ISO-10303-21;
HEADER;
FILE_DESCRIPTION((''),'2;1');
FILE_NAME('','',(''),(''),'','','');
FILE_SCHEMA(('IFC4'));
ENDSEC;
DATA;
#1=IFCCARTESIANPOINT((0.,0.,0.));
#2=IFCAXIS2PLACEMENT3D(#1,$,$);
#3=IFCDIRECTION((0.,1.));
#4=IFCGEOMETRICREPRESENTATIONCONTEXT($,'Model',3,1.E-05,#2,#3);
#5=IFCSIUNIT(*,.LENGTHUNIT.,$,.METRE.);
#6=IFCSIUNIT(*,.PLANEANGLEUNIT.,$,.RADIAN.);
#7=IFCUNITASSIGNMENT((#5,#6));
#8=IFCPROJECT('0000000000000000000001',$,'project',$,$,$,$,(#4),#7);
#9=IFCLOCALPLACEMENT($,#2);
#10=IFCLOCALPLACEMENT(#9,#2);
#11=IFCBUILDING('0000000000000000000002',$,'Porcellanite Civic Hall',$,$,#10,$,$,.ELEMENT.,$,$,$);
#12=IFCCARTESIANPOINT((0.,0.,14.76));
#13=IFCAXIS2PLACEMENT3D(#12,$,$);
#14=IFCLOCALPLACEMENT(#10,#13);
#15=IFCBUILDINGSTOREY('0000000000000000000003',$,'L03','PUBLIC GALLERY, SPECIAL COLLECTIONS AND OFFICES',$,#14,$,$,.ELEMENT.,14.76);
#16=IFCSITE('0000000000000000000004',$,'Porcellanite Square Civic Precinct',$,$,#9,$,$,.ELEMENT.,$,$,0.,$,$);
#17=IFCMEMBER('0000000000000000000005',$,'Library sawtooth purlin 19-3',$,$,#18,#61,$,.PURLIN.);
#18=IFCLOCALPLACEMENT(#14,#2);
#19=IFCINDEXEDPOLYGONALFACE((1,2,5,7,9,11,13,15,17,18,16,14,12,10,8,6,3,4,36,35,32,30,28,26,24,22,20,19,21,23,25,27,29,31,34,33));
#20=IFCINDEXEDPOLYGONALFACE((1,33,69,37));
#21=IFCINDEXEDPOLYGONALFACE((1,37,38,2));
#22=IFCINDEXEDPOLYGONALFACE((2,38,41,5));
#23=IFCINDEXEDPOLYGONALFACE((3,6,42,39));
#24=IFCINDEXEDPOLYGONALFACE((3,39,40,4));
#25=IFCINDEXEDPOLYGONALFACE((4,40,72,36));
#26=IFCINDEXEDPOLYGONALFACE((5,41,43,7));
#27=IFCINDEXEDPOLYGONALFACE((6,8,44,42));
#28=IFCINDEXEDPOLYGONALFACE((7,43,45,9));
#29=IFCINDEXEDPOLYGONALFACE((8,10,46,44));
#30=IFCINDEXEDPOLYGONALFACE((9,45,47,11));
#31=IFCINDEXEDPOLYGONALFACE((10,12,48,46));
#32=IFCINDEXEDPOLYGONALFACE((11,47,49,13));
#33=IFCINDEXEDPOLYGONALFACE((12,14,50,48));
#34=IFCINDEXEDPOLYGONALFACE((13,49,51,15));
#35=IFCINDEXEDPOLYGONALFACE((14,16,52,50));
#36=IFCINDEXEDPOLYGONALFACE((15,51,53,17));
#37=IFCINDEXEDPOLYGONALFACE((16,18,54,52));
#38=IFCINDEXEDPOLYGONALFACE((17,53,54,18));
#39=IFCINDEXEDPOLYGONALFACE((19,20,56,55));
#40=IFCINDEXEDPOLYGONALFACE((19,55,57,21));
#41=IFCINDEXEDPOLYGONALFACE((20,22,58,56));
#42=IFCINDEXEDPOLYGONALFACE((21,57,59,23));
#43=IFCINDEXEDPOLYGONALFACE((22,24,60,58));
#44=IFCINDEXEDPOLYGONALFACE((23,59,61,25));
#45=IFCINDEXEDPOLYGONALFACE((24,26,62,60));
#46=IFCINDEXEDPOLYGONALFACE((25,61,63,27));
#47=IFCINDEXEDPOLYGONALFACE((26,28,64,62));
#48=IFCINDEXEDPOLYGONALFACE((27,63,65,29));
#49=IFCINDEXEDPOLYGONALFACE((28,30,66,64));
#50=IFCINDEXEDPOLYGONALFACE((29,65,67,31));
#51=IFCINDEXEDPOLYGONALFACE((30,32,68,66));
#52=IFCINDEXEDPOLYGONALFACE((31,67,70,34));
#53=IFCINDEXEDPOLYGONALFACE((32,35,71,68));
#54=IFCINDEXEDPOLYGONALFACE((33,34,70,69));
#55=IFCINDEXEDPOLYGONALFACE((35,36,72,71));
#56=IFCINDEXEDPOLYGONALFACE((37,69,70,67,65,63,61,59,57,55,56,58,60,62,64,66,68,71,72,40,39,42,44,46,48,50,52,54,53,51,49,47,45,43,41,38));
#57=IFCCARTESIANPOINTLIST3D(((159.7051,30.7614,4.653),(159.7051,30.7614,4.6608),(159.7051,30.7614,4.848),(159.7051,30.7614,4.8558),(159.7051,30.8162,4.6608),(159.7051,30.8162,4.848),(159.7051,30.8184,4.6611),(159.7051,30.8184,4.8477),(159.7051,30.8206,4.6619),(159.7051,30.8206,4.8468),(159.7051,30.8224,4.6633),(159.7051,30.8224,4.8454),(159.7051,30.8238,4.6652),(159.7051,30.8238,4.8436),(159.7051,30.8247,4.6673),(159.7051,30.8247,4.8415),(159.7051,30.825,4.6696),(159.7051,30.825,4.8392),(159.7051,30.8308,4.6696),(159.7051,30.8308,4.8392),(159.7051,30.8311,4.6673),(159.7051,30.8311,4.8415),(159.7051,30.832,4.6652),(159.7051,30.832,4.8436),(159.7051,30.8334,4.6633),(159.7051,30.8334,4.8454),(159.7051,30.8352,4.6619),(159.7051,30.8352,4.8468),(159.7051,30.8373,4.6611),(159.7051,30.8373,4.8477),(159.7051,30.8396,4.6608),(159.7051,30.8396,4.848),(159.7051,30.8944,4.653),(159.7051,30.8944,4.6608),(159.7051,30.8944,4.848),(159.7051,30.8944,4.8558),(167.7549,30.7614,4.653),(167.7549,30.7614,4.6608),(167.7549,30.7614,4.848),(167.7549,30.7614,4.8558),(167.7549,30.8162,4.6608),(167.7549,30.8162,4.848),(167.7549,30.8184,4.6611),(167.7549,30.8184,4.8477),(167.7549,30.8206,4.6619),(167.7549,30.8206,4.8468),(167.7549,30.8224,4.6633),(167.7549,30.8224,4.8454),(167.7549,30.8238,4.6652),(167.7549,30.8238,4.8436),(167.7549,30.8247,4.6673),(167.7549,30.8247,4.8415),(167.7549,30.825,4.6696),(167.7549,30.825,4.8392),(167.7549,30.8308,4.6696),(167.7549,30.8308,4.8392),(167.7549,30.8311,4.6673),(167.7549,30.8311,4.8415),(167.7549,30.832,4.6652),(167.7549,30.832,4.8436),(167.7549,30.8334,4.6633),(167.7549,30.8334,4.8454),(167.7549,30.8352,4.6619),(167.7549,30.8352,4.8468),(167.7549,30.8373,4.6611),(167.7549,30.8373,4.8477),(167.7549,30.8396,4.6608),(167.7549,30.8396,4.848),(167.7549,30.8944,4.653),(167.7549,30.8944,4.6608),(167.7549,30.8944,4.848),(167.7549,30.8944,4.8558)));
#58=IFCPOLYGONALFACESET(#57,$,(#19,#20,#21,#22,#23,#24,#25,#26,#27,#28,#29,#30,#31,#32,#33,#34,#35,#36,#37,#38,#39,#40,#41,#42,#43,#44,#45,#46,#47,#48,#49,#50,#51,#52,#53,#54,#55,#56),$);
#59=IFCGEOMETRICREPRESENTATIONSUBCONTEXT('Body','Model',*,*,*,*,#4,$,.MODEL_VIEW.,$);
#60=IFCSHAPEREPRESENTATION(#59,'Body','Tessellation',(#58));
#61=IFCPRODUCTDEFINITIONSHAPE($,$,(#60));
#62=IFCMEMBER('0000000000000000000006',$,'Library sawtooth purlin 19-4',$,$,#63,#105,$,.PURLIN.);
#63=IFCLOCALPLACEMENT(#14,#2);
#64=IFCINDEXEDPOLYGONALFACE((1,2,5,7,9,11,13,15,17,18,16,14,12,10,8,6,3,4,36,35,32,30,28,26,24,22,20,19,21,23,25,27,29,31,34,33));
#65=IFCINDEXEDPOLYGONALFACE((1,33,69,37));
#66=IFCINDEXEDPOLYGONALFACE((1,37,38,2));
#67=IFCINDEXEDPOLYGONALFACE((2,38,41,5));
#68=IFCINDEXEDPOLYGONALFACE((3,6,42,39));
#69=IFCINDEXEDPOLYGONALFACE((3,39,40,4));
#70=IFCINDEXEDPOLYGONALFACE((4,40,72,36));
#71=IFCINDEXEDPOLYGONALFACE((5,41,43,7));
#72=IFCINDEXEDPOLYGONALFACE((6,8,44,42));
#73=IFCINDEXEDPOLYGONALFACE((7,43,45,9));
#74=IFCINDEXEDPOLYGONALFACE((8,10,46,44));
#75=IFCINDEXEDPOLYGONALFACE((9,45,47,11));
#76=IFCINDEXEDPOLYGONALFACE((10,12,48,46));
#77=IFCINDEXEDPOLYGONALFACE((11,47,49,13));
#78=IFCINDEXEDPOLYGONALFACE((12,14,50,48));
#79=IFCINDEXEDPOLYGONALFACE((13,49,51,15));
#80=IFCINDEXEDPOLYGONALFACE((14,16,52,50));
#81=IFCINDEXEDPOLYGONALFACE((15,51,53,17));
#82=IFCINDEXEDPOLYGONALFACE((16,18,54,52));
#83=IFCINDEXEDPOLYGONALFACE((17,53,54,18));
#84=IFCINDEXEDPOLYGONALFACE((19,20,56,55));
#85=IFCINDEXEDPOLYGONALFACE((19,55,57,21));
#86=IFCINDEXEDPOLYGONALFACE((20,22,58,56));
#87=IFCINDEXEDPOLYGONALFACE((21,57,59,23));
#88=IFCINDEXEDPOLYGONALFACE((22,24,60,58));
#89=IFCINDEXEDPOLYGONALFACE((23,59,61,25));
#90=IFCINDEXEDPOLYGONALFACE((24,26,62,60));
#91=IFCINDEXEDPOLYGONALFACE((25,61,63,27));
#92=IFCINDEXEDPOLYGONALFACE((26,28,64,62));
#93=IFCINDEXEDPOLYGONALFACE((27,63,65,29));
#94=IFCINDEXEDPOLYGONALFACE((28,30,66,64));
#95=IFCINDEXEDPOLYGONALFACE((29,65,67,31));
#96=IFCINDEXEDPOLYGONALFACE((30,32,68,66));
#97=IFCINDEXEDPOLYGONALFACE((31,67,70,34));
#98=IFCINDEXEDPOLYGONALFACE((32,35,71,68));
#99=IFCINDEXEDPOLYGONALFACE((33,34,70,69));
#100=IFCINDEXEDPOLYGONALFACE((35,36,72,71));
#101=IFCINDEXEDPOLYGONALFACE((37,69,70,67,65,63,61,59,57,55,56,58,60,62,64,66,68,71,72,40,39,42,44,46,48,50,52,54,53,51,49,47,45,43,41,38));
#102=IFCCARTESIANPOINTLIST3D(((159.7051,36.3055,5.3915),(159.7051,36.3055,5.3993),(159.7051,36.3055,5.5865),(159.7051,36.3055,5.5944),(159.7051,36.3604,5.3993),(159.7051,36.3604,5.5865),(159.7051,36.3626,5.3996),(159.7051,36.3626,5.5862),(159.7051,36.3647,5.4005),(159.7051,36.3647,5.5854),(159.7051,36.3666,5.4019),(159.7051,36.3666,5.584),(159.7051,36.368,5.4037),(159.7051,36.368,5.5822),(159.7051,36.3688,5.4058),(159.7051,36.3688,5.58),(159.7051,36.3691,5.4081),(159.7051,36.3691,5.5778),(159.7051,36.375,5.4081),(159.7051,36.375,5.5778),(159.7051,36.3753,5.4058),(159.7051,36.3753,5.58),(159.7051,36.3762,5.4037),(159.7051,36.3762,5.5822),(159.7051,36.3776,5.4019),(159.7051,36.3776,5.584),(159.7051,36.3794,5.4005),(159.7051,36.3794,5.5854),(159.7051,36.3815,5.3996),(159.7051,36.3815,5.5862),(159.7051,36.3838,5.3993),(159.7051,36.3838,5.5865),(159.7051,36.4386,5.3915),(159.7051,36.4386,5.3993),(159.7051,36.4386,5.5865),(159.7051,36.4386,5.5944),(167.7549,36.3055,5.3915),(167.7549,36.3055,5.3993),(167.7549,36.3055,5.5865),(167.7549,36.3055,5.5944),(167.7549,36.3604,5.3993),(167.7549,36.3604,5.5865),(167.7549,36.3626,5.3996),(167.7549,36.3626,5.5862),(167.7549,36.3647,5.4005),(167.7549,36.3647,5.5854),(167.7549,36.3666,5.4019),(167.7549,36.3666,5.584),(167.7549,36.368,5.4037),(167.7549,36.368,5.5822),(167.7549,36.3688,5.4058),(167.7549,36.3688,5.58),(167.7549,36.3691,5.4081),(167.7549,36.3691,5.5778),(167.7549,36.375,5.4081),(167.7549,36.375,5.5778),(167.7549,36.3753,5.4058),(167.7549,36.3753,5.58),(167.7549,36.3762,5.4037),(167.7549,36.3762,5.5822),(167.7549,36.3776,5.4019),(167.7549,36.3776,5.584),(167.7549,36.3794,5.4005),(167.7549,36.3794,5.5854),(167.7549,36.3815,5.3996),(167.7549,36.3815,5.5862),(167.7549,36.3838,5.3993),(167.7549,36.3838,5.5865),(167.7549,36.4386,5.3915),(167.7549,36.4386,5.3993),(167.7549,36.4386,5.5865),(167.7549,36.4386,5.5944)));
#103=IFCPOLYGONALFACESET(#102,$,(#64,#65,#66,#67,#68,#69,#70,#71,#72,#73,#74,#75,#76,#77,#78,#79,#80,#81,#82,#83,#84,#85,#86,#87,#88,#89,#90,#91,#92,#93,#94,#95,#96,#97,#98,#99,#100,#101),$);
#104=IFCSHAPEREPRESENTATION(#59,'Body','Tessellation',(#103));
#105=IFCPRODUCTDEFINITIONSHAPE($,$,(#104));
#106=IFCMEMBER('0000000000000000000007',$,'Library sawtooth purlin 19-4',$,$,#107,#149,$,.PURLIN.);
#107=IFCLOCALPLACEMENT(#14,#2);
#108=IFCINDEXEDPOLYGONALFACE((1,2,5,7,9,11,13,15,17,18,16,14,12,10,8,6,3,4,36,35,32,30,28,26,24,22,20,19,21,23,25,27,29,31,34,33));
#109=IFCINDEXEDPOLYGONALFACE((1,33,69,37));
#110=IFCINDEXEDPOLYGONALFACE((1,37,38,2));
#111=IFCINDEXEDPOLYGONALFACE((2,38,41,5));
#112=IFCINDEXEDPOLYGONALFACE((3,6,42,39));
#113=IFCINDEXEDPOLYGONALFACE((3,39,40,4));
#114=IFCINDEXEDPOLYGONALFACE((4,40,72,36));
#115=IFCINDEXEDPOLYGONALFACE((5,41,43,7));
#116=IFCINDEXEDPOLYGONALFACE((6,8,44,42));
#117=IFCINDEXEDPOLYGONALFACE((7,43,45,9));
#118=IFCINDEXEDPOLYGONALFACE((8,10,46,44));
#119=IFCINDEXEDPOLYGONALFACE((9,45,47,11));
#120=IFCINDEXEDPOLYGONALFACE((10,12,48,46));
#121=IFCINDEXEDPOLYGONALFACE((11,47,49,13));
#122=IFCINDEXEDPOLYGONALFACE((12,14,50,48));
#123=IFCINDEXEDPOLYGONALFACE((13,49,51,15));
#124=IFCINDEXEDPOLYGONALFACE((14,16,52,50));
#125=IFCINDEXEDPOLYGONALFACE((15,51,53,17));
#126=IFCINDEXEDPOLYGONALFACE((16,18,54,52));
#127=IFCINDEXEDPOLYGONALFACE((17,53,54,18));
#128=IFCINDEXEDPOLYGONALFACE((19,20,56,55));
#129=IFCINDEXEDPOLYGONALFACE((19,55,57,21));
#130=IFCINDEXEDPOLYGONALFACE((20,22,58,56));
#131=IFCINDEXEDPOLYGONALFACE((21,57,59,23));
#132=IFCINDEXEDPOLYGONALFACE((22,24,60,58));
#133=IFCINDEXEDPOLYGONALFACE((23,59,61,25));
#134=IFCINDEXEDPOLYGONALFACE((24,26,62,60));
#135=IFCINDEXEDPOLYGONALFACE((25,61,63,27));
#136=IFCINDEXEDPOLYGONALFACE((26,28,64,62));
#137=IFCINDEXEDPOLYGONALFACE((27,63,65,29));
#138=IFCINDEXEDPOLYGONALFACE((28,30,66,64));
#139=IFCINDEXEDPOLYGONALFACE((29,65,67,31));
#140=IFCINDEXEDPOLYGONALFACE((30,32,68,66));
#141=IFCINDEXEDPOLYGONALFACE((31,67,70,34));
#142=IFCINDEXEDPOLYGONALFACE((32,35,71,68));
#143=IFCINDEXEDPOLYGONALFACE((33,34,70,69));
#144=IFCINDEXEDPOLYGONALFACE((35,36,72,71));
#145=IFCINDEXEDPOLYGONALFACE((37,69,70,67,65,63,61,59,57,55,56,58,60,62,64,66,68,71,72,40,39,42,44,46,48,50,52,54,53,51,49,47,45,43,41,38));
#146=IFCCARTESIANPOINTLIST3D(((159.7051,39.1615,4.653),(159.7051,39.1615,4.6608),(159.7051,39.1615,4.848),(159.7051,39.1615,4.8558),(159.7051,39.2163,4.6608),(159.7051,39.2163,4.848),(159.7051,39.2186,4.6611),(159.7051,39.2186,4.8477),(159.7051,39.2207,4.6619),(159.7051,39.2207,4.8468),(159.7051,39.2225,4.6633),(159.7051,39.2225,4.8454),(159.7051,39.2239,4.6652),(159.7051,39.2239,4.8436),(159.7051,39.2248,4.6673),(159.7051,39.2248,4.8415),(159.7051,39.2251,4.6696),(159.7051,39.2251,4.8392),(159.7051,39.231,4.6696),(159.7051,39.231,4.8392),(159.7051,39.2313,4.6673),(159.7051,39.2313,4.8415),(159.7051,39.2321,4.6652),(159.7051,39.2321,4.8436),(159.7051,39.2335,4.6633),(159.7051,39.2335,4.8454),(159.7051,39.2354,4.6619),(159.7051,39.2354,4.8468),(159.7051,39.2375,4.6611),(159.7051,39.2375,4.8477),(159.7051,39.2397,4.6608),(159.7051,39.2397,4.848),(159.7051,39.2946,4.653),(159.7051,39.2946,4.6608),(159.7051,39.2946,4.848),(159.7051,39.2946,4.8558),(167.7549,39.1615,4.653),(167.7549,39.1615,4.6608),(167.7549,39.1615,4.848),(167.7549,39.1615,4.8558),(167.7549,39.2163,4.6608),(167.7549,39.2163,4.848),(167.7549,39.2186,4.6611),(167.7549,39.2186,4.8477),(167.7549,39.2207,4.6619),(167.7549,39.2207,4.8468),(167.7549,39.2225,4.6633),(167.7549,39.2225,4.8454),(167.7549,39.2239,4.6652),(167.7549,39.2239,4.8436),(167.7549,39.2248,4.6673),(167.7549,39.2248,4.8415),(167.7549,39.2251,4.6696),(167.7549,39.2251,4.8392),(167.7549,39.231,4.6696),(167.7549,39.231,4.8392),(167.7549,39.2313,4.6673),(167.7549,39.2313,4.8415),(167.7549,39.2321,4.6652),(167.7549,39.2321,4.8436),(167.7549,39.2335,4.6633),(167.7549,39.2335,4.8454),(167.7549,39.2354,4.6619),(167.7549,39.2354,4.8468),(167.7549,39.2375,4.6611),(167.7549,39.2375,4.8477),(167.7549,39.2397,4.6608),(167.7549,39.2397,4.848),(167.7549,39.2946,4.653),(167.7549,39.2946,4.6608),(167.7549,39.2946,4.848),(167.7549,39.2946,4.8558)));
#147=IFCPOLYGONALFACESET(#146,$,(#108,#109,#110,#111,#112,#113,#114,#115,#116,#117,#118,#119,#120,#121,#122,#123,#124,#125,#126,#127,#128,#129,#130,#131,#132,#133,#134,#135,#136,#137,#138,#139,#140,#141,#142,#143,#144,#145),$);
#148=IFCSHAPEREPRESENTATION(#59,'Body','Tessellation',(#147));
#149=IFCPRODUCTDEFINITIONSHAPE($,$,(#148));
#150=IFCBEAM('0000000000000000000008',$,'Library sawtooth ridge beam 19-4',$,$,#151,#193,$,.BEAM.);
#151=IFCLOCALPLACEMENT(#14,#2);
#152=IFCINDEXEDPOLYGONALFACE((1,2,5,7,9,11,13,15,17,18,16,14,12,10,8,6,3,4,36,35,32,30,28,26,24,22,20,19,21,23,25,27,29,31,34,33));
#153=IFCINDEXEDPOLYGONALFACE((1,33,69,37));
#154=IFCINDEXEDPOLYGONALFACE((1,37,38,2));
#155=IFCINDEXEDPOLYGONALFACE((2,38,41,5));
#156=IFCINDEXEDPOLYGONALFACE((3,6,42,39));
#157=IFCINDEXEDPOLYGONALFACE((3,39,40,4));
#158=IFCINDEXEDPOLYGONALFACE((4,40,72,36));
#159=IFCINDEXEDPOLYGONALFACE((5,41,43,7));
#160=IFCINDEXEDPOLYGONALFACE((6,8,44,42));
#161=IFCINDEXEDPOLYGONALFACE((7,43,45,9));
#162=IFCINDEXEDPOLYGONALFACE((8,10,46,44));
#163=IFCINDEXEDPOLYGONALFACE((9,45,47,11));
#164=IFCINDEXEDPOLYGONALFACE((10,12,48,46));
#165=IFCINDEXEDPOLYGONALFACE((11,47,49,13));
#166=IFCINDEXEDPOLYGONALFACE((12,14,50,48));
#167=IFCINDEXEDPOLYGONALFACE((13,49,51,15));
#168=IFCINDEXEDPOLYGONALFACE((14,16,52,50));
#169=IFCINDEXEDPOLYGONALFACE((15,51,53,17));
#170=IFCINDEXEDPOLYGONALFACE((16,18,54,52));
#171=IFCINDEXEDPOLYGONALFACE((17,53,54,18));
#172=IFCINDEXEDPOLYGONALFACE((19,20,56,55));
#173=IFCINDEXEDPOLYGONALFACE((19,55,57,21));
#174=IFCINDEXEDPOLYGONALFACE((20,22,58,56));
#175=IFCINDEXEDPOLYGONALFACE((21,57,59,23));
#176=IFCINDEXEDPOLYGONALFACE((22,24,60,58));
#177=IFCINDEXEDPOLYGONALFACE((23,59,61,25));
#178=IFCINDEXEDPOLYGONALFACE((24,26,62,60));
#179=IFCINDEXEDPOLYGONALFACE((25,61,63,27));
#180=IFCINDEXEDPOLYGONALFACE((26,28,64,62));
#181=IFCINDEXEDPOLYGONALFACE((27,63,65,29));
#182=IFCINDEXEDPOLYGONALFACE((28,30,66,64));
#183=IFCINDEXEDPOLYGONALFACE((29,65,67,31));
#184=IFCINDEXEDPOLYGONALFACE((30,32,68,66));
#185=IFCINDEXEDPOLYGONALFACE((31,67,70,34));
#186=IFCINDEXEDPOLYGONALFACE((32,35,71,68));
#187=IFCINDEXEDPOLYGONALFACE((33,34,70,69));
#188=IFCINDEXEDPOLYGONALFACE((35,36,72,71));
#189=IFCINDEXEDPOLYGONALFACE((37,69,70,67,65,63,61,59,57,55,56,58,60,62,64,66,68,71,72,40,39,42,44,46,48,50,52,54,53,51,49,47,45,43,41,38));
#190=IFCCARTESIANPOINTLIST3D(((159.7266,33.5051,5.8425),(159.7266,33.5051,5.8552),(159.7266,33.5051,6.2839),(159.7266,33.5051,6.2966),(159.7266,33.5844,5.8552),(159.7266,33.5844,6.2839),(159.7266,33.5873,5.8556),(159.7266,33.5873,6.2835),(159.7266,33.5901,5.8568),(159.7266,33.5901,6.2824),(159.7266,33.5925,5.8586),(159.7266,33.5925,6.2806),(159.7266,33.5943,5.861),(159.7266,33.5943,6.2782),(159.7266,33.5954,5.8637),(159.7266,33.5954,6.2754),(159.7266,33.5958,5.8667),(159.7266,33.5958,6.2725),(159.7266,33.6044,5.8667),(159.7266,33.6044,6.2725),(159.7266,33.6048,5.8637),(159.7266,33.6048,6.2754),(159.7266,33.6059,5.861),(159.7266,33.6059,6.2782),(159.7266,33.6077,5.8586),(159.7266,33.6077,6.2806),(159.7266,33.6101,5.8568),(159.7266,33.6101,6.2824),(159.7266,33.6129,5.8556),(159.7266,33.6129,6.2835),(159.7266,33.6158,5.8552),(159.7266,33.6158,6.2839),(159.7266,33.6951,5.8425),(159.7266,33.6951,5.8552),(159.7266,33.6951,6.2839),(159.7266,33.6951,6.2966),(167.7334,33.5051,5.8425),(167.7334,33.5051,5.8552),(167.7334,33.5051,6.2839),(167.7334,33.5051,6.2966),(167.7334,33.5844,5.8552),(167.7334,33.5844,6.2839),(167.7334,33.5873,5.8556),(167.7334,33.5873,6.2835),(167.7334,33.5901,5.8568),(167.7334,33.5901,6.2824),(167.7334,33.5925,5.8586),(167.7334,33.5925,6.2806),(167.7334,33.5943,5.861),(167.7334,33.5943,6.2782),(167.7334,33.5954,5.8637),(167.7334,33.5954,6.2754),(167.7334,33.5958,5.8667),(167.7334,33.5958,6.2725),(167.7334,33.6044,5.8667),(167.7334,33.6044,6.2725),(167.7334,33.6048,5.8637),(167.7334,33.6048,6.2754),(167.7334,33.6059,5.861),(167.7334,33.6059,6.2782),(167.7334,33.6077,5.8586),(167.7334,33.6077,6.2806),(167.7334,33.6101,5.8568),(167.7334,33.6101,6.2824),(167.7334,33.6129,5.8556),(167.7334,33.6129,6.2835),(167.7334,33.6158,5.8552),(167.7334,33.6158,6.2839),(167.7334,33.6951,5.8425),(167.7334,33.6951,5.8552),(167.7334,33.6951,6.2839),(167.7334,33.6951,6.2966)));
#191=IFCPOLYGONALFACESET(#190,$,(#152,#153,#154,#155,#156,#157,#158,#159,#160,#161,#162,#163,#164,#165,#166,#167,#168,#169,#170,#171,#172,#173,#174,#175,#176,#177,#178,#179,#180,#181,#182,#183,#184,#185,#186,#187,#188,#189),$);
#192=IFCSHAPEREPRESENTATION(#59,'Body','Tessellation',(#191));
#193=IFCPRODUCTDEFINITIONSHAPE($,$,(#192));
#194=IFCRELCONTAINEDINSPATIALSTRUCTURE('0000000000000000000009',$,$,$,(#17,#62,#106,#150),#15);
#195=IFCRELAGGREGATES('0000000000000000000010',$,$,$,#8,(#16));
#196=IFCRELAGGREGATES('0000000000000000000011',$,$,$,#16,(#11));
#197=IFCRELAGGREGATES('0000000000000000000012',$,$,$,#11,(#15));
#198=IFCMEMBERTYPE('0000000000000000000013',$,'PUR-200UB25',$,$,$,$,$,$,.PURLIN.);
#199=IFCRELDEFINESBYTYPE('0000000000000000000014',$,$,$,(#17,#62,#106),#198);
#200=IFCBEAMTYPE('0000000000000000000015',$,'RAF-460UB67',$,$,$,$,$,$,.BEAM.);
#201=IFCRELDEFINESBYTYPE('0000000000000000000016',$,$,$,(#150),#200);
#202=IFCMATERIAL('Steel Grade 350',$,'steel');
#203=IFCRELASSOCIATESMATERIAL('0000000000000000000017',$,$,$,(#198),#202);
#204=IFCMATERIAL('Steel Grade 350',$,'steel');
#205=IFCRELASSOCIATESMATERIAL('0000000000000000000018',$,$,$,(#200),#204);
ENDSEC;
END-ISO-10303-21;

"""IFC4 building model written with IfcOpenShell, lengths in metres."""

from ifc_helpers import new_model, si_unit, direction, frame, origin, origin_2d, place, context, subcontext, project, spatial, i_section, extrude, material, material_profile, profile_set, type_object, element, save


model = new_model("IFC4")

# Units and contexts
model_context = context("Model", 3, precision=1e-05, world=origin(), true_north=direction((0.0, 1.0)))
body_context = subcontext(model_context, "Body", "Model", "MODEL_VIEW")
ifc_project = project(units=[si_unit("LENGTHUNIT", "METRE"), si_unit("PLANEANGLEUNIT", "RADIAN")], contexts=[model_context])

# Site, building, storey
site_placement = place(None, origin())
site = spatial("IfcSite", under=ifc_project, at=site_placement, Name="Porcellanite Square Civic Precinct", CompositionType="ELEMENT", RefElevation=0.0)
building_placement = place(site_placement, origin())
building = spatial("IfcBuilding", under=site, at=building_placement, Name="Porcellanite Civic Hall", CompositionType="ELEMENT")
storey_placement = place(building_placement, frame((0.0, 0.0, 14.76)))
storey = spatial("IfcBuildingStorey", under=building, at=storey_placement, Name="L03", Description="PUBLIC GALLERY, SPECIAL COLLECTIONS AND OFFICES", CompositionType="ELEMENT", Elevation=14.76)

# Members
ifc_material_1 = material(Name="Steel Grade 350", Category="steel")
ifc_material_profile_1 = material_profile(ifc_material_1, i_section(OverallWidth=0.1331, OverallDepth=0.2029, WebThickness=0.0059, FlangeThickness=0.0078, FilletRadius=0.0088, at=origin_2d()), Name="200UB25.4")
ifc_profile_set_1 = profile_set([ifc_material_profile_1], Name="Steel Grade 350")
member_type = type_object("IfcMemberType", Name="PUR-200UB25", PredefinedType="PURLIN", material=ifc_profile_set_1)
for number, where, z_axis, x_axis, name in (
    (1, (159.7051, 30.8279, 4.7544), (1.0, 0.0, 0.0), (0.0, 1.0, 0.0), "Library sawtooth purlin 19-3"),
    (2, (159.7051, 36.3721, 5.4929), (1.0, 0.0, 0.0), (0.0, 1.0, 0.0), "Library sawtooth purlin 19-4"),
    (3, (159.7051, 39.228, 4.7544), (1.0, 0.0, 0.0), (0.0, 1.0, 0.0), "Library sawtooth purlin 19-4"),
):
    element("IfcMember", number, at=place(storey_placement, frame(where, z_axis=z_axis, x_axis=x_axis)), inside=storey, type_object=member_type, Name=name, PredefinedType="PURLIN", context=body_context, shape_type="SweptSolid", body=[
        extrude(i_section(OverallWidth=0.1331, OverallDepth=0.2029, WebThickness=0.0059, FlangeThickness=0.0078, FilletRadius=0.0088, at=origin_2d()), origin(), (0.0, 0.0, 1.0), 8.0498),
    ])

# Beam
ifc_material_2 = material(Name="Steel Grade 350", Category="steel")
ifc_material_profile_2 = material_profile(ifc_material_2, i_section(OverallWidth=0.1899, OverallDepth=0.4541, WebThickness=0.0085, FlangeThickness=0.0127, FilletRadius=0.0115, at=origin_2d()), Name="460UB67.1")
ifc_profile_set_2 = profile_set([ifc_material_profile_2], Name="Steel Grade 350")
beam_type_1 = type_object("IfcBeamType", Name="RAF-460UB67", PredefinedType="BEAM", material=ifc_profile_set_2)
beam_1_placement = place(storey_placement, frame((159.7266, 33.6001, 6.0696), z_axis=(1.0, 0.0, 0.0), x_axis=(0.0, 1.0, 0.0)))
element("IfcBeam", 4, at=beam_1_placement, inside=storey, type_object=beam_type_1, Name="Library sawtooth ridge beam 19-4", PredefinedType="BEAM", context=body_context, shape_type="SweptSolid", body=[
    extrude(i_section(OverallWidth=0.1899, OverallDepth=0.4541, WebThickness=0.0085, FlangeThickness=0.0127, FilletRadius=0.0115, at=origin_2d()), origin(), (0.0, 0.0, 1.0), 8.0068),
])

save(model, "model.ifc")
